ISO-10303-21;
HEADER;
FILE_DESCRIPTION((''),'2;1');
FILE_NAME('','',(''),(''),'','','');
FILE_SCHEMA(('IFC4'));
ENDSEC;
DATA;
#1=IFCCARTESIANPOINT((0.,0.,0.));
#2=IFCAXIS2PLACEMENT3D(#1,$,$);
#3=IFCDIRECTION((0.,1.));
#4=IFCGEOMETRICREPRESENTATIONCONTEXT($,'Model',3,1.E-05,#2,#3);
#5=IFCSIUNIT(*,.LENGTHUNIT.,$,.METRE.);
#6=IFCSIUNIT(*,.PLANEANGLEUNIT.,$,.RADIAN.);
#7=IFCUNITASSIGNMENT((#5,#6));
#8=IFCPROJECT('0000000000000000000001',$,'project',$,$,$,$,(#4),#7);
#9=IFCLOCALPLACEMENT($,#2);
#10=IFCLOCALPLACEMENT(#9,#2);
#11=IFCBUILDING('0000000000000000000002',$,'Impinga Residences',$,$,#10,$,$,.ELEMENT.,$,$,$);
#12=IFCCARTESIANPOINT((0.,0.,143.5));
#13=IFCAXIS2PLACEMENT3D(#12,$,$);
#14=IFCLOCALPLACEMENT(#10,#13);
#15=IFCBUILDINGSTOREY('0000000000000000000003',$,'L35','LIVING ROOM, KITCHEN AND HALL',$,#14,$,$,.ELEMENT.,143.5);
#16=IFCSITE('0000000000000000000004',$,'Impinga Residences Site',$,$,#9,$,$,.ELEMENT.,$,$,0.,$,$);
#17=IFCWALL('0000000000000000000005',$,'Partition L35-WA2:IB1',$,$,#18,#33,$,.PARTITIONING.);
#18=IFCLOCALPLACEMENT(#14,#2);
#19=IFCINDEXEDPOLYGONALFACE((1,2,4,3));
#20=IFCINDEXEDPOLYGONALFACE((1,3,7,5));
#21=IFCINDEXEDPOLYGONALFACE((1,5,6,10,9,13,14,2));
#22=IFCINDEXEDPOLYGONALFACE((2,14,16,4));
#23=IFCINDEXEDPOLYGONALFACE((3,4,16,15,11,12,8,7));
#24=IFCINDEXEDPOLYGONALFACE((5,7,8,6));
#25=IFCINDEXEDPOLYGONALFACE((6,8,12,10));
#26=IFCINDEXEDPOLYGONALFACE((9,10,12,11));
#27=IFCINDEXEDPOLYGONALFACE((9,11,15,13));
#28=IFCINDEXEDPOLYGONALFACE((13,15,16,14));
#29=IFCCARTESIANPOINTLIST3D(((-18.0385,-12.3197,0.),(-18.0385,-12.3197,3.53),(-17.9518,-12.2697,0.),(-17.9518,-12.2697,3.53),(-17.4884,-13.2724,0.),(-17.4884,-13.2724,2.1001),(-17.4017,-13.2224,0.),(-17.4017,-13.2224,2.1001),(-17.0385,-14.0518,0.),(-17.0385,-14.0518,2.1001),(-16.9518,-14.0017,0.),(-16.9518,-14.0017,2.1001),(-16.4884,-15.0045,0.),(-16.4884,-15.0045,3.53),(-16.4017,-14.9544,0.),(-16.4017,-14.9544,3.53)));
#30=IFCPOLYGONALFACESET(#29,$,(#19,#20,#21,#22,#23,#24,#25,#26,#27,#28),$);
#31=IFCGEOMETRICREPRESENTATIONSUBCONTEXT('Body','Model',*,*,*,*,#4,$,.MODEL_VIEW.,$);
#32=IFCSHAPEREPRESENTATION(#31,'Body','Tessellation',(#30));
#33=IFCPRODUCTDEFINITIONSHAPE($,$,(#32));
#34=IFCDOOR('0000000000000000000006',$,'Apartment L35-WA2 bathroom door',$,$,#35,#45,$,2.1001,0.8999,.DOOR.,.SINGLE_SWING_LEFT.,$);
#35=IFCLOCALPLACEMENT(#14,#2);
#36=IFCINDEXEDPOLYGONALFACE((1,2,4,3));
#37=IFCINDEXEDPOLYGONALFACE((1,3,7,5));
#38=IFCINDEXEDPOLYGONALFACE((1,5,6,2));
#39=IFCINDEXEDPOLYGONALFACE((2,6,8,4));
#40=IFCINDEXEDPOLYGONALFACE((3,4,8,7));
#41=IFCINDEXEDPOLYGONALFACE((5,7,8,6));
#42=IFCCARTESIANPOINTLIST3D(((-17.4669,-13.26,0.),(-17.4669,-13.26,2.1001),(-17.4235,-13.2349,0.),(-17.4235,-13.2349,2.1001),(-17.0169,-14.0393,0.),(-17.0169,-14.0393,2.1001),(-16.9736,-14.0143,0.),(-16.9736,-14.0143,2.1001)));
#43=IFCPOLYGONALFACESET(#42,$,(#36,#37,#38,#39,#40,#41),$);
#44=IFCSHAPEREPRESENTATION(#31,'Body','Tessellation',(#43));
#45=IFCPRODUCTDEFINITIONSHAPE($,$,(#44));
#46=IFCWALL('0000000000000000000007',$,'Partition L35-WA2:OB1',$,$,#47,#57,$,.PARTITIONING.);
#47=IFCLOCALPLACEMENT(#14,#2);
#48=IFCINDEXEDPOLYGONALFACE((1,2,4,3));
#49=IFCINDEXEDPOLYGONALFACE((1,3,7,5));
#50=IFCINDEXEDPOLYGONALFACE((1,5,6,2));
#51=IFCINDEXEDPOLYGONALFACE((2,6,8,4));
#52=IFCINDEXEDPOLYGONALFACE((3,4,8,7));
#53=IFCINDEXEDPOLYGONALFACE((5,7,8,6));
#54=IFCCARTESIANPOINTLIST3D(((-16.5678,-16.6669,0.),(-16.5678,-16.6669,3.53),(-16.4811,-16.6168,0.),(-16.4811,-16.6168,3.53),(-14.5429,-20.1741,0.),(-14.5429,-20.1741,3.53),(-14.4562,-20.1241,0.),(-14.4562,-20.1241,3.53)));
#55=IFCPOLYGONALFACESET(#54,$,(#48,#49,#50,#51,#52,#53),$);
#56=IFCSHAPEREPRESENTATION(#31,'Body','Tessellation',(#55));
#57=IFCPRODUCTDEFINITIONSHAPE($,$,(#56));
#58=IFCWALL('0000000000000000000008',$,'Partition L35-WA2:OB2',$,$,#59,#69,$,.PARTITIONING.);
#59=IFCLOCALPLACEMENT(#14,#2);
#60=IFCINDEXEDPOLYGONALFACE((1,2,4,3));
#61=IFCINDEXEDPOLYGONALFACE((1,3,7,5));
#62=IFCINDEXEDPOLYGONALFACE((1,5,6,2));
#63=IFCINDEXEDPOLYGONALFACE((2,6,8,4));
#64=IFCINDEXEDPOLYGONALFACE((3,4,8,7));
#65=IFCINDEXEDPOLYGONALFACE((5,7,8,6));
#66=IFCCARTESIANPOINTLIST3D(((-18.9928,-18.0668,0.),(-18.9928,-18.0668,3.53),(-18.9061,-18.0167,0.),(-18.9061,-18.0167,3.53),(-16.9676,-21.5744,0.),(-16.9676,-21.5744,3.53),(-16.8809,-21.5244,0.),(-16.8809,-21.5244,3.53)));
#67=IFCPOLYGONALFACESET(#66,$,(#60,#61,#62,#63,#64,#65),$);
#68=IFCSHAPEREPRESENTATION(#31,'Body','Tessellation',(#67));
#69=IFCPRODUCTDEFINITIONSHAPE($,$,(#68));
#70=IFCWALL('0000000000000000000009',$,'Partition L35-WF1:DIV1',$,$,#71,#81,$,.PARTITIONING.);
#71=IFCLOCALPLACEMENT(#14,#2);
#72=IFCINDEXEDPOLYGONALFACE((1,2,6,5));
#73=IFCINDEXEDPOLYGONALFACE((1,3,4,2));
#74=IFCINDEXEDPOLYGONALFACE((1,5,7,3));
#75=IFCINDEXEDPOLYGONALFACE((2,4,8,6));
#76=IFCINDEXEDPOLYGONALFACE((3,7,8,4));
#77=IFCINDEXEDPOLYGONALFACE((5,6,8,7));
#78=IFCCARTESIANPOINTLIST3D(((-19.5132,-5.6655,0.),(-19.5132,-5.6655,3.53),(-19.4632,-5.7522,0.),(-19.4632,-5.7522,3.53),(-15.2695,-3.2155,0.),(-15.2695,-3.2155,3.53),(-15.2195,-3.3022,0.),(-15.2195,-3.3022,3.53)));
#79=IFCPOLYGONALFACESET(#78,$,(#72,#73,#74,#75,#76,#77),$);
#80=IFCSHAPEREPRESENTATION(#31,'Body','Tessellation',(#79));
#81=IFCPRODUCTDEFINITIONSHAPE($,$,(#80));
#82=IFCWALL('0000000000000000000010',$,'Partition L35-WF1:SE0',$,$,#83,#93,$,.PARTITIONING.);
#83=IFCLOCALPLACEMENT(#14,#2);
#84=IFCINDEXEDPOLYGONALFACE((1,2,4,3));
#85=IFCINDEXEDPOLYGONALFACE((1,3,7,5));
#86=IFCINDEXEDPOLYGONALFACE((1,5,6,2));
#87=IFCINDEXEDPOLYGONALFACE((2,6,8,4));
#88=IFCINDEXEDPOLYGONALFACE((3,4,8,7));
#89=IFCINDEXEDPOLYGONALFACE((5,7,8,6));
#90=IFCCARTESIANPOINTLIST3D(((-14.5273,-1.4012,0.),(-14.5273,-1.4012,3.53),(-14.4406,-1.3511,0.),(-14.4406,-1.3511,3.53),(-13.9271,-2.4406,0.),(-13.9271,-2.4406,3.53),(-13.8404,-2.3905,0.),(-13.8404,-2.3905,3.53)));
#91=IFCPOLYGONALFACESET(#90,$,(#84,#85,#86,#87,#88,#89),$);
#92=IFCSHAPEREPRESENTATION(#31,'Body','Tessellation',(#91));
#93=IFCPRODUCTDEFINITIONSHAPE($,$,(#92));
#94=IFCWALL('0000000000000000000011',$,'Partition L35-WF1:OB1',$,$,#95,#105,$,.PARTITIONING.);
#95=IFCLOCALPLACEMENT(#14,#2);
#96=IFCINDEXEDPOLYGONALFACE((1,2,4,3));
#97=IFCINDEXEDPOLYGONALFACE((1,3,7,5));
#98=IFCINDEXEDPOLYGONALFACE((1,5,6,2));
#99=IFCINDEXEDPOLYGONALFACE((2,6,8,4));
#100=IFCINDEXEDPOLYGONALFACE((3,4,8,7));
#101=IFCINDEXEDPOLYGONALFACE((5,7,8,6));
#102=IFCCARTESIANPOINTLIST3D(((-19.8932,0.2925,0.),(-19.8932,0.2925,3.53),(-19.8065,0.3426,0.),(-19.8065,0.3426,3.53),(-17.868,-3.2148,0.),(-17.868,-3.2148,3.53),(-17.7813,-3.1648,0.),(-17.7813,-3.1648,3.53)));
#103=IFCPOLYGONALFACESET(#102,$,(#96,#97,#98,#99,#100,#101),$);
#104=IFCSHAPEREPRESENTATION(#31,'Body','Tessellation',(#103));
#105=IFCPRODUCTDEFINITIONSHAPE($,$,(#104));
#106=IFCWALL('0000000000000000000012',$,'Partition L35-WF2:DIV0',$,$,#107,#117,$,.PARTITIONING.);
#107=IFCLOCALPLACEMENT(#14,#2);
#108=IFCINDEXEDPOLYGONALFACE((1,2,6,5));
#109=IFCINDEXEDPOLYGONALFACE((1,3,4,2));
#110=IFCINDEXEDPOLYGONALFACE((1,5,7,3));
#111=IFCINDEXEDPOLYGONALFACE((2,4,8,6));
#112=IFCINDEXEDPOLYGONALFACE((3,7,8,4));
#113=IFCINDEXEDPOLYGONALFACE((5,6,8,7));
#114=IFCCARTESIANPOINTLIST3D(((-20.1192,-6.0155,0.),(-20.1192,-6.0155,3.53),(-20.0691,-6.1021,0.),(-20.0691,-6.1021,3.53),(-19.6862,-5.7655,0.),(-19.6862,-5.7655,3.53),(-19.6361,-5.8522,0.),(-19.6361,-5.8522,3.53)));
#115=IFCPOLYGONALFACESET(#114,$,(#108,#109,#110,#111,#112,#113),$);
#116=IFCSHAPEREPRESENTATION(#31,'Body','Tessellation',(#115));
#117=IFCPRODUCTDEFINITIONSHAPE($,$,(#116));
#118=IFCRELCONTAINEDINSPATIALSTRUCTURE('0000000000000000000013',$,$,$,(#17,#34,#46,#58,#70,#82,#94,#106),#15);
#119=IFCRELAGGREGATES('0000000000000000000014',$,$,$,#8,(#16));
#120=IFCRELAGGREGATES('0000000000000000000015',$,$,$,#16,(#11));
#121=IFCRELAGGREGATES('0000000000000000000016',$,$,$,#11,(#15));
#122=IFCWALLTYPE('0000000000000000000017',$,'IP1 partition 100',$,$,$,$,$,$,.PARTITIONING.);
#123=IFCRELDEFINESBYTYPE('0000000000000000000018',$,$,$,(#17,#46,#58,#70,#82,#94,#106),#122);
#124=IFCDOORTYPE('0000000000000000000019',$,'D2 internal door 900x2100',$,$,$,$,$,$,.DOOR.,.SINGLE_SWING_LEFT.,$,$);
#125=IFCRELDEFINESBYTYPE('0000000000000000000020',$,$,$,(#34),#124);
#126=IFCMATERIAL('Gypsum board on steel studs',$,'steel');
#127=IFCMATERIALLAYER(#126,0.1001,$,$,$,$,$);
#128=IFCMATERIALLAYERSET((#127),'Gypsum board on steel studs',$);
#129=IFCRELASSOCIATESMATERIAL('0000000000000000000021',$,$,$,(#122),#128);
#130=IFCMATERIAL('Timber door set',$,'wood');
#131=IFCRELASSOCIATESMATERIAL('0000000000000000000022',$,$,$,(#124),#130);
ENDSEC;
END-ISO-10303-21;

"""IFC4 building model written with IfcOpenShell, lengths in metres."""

from ifc_helpers import new_model, si_unit, direction, frame, frame_2d, origin, place, context, subcontext, project, spatial, rectangle, extrude, material, layer, layer_set, type_object, element, fill, save


model = new_model("IFC4")

# Units and contexts
model_context = context("Model", 3, precision=1e-05, world=origin(), true_north=direction((0.0, 1.0)))
body_context = subcontext(model_context, "Body", "Model", "MODEL_VIEW")
ifc_project = project(units=[si_unit("LENGTHUNIT", "METRE"), si_unit("PLANEANGLEUNIT", "RADIAN")], contexts=[model_context])

# Site, building, storey
site_placement = place(None, origin())
site = spatial("IfcSite", under=ifc_project, at=site_placement, Name="Impinga Residences Site", CompositionType="ELEMENT", RefElevation=0.0)
building_placement = place(site_placement, origin())
building = spatial("IfcBuilding", under=site, at=building_placement, Name="Impinga Residences", CompositionType="ELEMENT")
storey_placement = place(building_placement, frame((0.0, 0.0, 143.5)))
storey = spatial("IfcBuildingStorey", under=building, at=storey_placement, Name="L35", Description="LIVING ROOM, KITCHEN AND HALL", CompositionType="ELEMENT", Elevation=143.5)

# Shared definitions
ifc_material_1 = material(Name="Gypsum board on steel studs", Category="steel")
ifc_layer_1 = layer(ifc_material_1, 0.1001)
ifc_layer_set_1 = layer_set([ifc_layer_1], Name="Gypsum board on steel studs")
wall_type_1 = type_object("IfcWallType", Name="IP1 partition 100", PredefinedType="PARTITIONING", material=ifc_layer_set_1)

# Shared definitions
ifc_material_2 = material(Name="Timber door set", Category="wood")
door_type = type_object("IfcDoorType", Name="D2 internal door 900x2100", OperationType="SINGLE_SWING_LEFT", PredefinedType="DOOR", material=ifc_material_2)

# Wall, opening, door
wall_1_placement = place(storey_placement, frame((-17.9951, -12.2947, 0.0), z_axis=(0.0, 0.0, 1.0), x_axis=(0.499993, -0.86603, 0.0)))
wall_1 = element("IfcWall", 1, at=wall_1_placement, inside=storey, type_object=wall_type_1, Name="Partition L35-WA2:IB1", PredefinedType="PARTITIONING", context=body_context, shape_type="SweptSolid", body=[
    extrude(rectangle(XDim=3.1001, YDim=0.1001, at=frame_2d((1.55, 0.0))), origin(), (0.0, 0.0, 1.0), 3.53),
])
opening_1_placement = place(wall_1_placement, frame((1.1001, 0.0, 0.0)))
opening_1 = element("IfcOpeningElement", 2, at=opening_1_placement, cuts=wall_1, PredefinedType="OPENING", context=body_context, shape_type="SweptSolid", body=[
    extrude(rectangle(XDim=0.8999, YDim=2.1001, at=frame_2d((0.45, 1.05))), frame((0.0, 0.0601, 0.0), z_axis=(0.0, -1.0, 0.0), x_axis=(1.0, 0.0, 0.0)), (0.0, 0.0, 1.0), 0.1201),
])
door_1_placement = place(opening_1_placement, origin())
door_1 = element("IfcDoor", 3, at=door_1_placement, inside=storey, type_object=door_type, Name="Apartment L35-WA2 bathroom door", OperationType="SINGLE_SWING_LEFT", OverallHeight=2.1001, OverallWidth=0.8999, PredefinedType="DOOR", context=body_context, shape_type="SweptSolid", body=[
    extrude(rectangle(XDim=0.8999, YDim=2.1001, at=frame_2d((0.45, 1.05))), frame((0.0, 0.0249, 0.0), z_axis=(0.0, -1.0, 0.0), x_axis=(1.0, 0.0, 0.0)), (0.0, 0.0, 1.0), 0.05),
])
fill(opening_1, door_1)

# Walls
wall_2_placement = place(storey_placement, frame((-16.5244, -16.6418, 0.0), z_axis=(0.0, 0.0, 1.0), x_axis=(0.49999, -0.866031, 0.0)))
element("IfcWall", 4, at=wall_2_placement, inside=storey, type_object=wall_type_1, Name="Partition L35-WA2:OB1", PredefinedType="PARTITIONING", context=body_context, shape_type="SweptSolid", body=[
    extrude(rectangle(XDim=4.0498, YDim=0.1001, at=frame_2d((2.0249, 0.0))), origin(), (0.0, 0.0, 1.0), 3.53),
])
wall_3_placement = place(storey_placement, frame((-18.9495, -18.0417, 0.0), z_axis=(0.0, 0.0, 1.0), x_axis=(0.500009, -0.86602, 0.0)))
element("IfcWall", 5, at=wall_3_placement, inside=storey, type_object=wall_type_1, Name="Partition L35-WA2:OB2", PredefinedType="PARTITIONING", context=body_context, shape_type="SweptSolid", body=[
    extrude(rectangle(XDim=4.0503, YDim=0.1001, at=frame_2d((2.0251, 0.0))), origin(), (0.0, 0.0, 1.0), 3.53),
])
wall_4_placement = place(storey_placement, frame((-15.2444, -3.2588, 0.0), z_axis=(0.0, 0.0, 1.0), x_axis=(-0.866036, -0.499981, 0.0)))
element("IfcWall", 6, at=wall_4_placement, inside=storey, type_object=wall_type_1, Name="Partition L35-WF1:DIV1", PredefinedType="PARTITIONING", context=body_context, shape_type="SweptSolid", body=[
    extrude(rectangle(XDim=4.9001, YDim=0.1001, at=frame_2d((2.4502, 0.0))), origin(), (0.0, 0.0, 1.0), 3.53),
])
wall_5_placement = place(storey_placement, frame((-13.8838, -2.4155, 0.0), z_axis=(0.0, 0.0, 1.0), x_axis=(-0.500034, 0.866006, 0.0)))
element("IfcWall", 7, at=wall_5_placement, inside=storey, type_object=wall_type_1, Name="Partition L35-WF1:SE0", PredefinedType="PARTITIONING", context=body_context, shape_type="SweptSolid", body=[
    extrude(rectangle(XDim=1.2002, YDim=0.1001, at=frame_2d((0.6001, 0.0))), origin(), (0.0, 0.0, 1.0), 3.53),
])
wall_6_placement = place(storey_placement, frame((-17.8247, -3.1897, 0.0), z_axis=(0.0, 0.0, 1.0), x_axis=(-0.500036, 0.866005, 0.0)))
element("IfcWall", 8, at=wall_6_placement, inside=storey, type_object=wall_type_1, Name="Partition L35-WF1:OB1", PredefinedType="PARTITIONING", context=body_context, shape_type="SweptSolid", body=[
    extrude(rectangle(XDim=4.05, YDim=0.1001, at=frame_2d((2.0249, 0.0))), origin(), (0.0, 0.0, 1.0), 3.53),
])
wall_7_placement = place(storey_placement, frame((-19.6611, -5.8088, 0.0), z_axis=(0.0, 0.0, 1.0), x_axis=(-0.866072, -0.49992, 0.0)))
element("IfcWall", 9, at=wall_7_placement, inside=storey, type_object=wall_type_1, Name="Partition L35-WF2:DIV0", PredefinedType="PARTITIONING", context=body_context, shape_type="SweptSolid", body=[
    extrude(rectangle(XDim=0.5, YDim=0.1001, at=frame_2d((0.25, 0.0))), origin(), (0.0, 0.0, 1.0), 3.53),
])

save(model, "model.ifc")
